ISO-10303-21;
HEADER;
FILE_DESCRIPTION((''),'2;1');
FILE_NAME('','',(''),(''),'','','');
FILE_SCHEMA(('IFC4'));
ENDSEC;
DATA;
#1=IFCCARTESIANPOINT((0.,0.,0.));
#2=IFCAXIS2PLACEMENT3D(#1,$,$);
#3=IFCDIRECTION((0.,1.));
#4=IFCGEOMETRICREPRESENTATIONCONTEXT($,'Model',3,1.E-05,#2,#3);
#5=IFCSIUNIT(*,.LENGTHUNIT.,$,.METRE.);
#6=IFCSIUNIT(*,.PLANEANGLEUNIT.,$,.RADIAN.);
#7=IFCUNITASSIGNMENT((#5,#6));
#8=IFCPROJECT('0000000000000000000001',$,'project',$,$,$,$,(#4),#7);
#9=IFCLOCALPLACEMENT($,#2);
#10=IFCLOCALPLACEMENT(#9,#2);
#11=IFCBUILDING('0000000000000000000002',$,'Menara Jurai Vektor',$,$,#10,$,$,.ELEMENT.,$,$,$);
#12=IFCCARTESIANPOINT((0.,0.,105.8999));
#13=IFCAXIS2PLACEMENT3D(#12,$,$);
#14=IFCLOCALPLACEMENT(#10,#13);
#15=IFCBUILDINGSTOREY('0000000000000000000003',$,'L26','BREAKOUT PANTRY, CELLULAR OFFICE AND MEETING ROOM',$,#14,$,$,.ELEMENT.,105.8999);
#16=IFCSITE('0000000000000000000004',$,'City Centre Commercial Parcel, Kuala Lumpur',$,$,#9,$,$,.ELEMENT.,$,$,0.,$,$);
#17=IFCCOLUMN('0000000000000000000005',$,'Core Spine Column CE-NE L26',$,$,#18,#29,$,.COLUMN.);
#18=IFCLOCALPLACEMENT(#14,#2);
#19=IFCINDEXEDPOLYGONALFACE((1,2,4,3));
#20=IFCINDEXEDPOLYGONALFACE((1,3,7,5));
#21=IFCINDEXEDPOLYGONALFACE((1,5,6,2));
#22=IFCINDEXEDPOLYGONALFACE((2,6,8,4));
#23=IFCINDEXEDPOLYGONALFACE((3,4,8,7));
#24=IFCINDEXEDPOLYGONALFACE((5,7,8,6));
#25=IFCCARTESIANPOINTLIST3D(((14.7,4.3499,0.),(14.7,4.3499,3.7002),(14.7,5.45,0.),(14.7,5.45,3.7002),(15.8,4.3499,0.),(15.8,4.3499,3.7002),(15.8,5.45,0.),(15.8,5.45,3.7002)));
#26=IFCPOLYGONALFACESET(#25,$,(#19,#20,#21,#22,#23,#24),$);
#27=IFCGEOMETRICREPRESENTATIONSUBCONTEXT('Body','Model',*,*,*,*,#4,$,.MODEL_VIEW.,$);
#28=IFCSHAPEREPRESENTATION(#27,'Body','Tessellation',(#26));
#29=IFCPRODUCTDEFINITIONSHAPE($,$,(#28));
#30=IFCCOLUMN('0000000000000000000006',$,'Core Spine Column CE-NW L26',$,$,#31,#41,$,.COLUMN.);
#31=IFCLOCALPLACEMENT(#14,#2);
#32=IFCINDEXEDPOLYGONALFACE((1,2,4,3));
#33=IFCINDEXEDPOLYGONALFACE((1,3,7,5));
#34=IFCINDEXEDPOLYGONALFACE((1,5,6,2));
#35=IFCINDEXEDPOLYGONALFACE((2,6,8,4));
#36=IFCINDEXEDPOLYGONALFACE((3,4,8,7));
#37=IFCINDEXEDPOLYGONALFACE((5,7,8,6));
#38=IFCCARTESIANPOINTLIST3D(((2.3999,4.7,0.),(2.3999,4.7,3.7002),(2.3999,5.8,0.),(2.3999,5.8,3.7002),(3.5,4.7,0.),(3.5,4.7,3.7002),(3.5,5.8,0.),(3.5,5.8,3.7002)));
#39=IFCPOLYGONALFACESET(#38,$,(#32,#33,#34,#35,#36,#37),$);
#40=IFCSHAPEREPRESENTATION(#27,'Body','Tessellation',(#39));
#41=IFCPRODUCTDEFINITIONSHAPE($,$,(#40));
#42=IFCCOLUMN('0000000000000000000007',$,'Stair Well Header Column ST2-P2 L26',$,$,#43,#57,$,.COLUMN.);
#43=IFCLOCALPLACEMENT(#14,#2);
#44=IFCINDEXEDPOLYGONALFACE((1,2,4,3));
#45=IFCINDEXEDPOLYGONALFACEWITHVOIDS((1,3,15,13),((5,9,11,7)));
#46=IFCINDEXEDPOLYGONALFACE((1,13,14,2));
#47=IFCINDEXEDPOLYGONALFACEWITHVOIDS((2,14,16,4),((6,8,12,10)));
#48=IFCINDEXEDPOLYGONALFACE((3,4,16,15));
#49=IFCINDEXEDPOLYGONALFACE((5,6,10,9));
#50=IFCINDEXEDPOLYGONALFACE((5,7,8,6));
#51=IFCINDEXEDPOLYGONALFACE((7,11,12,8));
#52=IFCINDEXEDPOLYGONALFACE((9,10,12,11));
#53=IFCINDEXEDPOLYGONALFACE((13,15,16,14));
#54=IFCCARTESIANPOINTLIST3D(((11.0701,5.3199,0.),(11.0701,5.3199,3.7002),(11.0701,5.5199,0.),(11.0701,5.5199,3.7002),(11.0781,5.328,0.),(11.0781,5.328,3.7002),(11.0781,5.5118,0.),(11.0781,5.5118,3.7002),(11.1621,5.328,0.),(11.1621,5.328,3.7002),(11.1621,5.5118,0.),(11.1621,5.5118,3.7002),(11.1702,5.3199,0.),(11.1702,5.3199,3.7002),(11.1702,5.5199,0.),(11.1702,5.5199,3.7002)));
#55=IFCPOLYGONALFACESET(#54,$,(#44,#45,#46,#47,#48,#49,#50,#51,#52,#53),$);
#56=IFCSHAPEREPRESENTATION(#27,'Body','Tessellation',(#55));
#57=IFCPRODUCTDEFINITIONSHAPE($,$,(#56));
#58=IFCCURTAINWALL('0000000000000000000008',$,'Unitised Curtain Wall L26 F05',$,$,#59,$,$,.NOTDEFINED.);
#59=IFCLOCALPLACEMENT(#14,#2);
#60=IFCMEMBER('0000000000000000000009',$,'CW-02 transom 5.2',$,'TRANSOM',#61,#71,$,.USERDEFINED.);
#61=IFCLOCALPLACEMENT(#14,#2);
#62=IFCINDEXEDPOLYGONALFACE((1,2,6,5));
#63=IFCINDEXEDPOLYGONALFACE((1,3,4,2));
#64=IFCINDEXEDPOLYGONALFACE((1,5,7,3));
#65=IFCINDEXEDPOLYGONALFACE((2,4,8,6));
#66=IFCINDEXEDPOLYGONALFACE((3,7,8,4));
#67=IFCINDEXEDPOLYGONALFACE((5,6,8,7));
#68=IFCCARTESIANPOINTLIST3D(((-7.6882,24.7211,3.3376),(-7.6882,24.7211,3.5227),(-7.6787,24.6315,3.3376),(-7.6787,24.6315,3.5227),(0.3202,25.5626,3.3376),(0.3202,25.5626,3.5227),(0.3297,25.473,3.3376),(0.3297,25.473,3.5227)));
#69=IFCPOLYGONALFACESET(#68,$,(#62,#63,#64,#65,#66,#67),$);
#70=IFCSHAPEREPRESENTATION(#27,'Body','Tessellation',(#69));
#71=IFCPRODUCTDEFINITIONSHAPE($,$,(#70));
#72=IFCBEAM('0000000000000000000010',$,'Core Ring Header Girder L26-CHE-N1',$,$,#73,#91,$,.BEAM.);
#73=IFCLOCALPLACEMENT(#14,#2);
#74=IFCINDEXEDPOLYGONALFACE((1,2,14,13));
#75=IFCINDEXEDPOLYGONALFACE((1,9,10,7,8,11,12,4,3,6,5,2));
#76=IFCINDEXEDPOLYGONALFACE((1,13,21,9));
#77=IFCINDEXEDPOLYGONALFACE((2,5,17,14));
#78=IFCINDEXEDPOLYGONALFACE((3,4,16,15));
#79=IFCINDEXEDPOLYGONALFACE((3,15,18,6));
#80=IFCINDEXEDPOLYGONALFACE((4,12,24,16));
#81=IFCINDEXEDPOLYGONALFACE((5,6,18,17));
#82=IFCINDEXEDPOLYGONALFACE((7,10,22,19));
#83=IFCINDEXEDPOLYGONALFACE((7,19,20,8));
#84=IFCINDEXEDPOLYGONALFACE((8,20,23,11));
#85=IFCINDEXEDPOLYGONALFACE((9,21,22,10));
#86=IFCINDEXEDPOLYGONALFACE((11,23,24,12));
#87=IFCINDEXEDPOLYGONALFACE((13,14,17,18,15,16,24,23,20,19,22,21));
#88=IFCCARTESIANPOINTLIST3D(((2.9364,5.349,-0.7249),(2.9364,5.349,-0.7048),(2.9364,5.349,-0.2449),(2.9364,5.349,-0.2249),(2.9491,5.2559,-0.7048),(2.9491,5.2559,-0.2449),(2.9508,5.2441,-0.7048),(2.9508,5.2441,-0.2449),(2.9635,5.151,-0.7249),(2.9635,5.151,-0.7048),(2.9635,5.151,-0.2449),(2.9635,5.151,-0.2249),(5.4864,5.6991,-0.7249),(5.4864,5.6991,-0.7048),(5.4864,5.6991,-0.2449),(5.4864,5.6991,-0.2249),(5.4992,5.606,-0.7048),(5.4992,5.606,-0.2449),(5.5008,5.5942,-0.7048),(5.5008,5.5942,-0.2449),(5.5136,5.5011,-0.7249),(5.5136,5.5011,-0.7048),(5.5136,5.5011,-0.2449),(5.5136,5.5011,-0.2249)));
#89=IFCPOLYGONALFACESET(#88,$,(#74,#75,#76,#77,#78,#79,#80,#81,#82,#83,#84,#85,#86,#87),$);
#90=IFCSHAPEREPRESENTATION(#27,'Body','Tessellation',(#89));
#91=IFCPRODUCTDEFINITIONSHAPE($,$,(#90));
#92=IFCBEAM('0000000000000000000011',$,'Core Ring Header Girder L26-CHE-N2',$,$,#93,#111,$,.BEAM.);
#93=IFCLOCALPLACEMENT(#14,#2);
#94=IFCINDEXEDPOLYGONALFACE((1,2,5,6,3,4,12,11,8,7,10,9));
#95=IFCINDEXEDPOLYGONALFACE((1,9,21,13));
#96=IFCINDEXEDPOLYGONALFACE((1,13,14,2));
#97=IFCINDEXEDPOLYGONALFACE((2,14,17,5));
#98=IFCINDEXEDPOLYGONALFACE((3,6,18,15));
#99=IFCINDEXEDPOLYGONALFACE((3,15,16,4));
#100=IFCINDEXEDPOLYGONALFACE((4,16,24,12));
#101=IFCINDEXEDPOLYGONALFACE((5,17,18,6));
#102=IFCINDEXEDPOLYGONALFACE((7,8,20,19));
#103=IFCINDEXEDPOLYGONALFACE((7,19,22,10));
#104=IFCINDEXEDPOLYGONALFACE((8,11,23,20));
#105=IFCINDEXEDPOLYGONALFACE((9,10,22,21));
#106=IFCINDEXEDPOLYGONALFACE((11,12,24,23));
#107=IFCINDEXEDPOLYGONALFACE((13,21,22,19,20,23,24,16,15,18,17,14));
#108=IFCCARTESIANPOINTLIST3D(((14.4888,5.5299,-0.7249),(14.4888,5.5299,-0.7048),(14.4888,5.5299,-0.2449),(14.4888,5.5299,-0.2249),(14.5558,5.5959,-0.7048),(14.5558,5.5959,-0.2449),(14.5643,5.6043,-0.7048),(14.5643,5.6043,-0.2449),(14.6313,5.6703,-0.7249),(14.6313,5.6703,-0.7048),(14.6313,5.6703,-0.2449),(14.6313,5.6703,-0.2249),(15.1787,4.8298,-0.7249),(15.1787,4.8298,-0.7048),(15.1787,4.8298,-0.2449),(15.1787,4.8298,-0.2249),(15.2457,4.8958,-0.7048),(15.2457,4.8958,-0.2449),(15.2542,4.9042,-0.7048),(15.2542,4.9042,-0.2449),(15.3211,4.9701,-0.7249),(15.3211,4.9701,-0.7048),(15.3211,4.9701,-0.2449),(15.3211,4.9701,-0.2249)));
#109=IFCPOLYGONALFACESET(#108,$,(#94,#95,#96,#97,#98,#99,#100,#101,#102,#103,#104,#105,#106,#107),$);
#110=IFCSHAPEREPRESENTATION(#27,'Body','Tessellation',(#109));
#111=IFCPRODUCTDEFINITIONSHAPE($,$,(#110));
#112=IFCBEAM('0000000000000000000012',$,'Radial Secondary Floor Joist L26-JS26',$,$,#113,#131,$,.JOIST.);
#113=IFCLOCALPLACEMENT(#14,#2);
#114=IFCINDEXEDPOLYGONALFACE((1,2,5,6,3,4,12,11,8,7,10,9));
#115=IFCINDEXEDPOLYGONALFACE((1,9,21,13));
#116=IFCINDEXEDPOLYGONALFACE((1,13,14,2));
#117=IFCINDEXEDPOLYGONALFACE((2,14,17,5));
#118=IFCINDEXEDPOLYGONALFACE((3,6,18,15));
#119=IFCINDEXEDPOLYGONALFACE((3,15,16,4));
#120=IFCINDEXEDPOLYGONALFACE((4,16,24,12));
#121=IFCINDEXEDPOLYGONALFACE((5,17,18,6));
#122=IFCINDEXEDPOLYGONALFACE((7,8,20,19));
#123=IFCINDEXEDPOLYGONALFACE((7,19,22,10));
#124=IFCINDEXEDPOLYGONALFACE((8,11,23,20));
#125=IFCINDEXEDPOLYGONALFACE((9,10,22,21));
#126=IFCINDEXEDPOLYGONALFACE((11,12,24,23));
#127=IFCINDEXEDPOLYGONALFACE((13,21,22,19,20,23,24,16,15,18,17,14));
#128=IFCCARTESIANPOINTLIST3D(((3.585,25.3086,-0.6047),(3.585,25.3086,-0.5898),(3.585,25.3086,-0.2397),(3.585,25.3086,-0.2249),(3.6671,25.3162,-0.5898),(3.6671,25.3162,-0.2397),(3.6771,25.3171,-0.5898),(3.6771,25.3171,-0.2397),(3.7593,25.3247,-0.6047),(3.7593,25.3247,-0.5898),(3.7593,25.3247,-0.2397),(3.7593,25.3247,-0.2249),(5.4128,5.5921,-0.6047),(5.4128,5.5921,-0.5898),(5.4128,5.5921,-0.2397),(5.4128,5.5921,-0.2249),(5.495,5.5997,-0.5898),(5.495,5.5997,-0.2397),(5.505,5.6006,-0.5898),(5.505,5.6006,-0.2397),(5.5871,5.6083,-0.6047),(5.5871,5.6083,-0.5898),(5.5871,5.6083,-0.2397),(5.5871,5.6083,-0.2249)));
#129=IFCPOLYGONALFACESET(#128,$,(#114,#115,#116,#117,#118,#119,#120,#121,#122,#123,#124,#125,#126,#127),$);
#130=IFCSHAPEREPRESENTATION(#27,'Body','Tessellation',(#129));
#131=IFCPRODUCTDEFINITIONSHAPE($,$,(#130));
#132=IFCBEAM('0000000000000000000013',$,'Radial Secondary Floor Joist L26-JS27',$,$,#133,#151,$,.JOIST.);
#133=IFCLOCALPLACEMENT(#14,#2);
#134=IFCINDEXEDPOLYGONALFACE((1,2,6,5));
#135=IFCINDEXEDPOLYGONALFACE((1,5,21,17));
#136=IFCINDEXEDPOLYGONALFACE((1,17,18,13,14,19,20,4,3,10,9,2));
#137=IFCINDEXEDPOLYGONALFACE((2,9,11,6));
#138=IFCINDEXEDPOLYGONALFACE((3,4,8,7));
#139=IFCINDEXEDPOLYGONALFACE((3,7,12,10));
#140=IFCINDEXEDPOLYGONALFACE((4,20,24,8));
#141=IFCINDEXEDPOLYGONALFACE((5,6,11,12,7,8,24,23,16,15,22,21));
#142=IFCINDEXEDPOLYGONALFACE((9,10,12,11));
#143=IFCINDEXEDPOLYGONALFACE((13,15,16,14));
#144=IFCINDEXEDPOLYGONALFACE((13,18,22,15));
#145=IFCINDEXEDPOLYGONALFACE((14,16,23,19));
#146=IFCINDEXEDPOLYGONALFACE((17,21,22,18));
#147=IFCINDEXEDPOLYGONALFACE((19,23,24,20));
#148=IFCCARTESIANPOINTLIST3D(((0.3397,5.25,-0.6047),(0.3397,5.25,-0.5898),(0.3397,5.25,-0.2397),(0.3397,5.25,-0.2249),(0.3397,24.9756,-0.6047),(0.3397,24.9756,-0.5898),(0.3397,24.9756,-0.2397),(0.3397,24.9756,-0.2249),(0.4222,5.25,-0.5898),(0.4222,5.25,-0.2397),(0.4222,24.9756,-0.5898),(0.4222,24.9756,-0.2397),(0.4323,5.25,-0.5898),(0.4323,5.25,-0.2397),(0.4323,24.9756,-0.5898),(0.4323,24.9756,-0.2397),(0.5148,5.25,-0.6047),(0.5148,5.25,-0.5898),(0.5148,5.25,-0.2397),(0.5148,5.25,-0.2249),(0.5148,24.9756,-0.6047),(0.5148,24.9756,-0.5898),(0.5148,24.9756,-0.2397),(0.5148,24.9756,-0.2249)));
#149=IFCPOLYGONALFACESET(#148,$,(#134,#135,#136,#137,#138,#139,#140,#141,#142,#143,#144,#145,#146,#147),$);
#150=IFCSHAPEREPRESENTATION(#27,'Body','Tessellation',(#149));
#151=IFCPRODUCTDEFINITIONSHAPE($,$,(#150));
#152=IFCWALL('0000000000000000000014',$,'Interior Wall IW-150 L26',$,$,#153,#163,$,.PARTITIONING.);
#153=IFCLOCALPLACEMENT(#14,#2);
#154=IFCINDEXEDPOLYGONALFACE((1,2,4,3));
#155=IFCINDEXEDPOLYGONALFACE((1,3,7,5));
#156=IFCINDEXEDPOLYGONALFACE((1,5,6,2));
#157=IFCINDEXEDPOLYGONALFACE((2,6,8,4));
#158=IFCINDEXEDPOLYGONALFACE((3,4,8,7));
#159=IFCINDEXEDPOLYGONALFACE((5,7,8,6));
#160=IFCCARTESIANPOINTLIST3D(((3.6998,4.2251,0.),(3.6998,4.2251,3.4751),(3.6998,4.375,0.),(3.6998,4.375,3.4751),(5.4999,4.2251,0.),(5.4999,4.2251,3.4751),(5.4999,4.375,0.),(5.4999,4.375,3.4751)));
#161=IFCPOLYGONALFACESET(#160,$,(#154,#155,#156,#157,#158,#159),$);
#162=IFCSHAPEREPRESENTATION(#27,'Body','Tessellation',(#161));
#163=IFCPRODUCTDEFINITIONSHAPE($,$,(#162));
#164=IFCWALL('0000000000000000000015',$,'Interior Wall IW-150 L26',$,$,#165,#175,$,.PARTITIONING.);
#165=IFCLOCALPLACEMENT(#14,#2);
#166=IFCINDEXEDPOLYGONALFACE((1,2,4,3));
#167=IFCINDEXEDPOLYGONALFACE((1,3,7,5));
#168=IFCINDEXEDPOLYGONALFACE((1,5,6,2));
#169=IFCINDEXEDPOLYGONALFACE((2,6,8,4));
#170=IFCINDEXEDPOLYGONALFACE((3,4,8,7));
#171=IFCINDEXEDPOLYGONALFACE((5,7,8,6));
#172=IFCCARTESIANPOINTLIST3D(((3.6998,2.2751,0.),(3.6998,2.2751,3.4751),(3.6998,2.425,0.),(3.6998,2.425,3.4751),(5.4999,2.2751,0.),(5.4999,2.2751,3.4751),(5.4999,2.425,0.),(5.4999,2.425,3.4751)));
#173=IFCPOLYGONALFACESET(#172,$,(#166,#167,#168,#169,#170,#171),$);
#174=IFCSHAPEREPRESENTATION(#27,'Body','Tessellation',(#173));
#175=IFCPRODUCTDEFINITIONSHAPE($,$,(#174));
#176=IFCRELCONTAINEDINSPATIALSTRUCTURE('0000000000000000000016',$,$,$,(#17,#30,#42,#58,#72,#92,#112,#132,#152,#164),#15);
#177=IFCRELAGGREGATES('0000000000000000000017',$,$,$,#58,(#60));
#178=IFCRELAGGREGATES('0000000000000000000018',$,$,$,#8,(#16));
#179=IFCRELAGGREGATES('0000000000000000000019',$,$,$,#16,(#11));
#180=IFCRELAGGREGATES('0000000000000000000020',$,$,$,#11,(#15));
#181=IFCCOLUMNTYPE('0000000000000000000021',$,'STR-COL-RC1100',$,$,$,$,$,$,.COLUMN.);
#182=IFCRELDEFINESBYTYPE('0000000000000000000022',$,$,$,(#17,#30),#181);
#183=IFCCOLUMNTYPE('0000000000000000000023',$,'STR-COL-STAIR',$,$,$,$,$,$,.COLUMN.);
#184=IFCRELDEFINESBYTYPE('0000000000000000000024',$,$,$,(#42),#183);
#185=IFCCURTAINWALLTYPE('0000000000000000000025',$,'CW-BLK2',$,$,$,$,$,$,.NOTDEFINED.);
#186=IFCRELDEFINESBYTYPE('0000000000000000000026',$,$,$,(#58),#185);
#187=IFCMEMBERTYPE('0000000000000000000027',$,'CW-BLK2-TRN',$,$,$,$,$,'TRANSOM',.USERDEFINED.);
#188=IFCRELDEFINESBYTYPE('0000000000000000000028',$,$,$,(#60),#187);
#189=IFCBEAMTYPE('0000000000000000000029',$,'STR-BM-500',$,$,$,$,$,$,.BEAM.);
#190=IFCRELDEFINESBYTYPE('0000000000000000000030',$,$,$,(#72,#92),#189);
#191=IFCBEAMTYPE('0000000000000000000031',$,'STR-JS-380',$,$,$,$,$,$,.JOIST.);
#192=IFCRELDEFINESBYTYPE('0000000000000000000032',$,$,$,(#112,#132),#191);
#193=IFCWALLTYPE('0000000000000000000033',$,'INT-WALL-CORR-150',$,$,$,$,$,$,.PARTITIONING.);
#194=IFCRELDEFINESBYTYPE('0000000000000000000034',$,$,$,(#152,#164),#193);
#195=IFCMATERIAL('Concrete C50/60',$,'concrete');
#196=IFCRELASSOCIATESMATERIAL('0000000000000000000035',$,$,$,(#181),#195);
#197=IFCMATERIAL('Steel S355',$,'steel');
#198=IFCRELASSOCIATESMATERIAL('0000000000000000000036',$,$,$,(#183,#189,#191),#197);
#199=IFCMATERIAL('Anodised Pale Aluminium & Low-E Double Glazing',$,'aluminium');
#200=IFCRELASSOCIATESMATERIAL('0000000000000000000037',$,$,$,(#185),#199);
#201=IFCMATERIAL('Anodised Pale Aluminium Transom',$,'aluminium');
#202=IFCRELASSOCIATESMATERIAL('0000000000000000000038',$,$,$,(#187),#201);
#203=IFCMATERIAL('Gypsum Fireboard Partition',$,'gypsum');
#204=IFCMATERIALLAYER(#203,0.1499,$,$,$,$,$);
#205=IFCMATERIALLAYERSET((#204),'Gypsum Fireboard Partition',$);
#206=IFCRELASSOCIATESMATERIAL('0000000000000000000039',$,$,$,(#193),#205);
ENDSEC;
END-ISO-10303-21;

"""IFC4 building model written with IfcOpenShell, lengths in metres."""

from ifc_helpers import new_model, si_unit, direction, frame, frame_2d, origin, origin_2d, place, context, subcontext, project, spatial, rectangle, hollow_rectangle, i_section, extrude, material, layer, layer_set, material_profile, profile_set, type_object, element, aggregate, save


model = new_model("IFC4")

# Units and contexts
model_context = context("Model", 3, precision=1e-05, world=origin(), true_north=direction((0.0, 1.0)))
body_context = subcontext(model_context, "Body", "Model", "MODEL_VIEW")
ifc_project = project(units=[si_unit("LENGTHUNIT", "METRE"), si_unit("PLANEANGLEUNIT", "RADIAN")], contexts=[model_context])

# Site, building, storey
site_placement = place(None, origin())
site = spatial("IfcSite", under=ifc_project, at=site_placement, Name="City Centre Commercial Parcel, Kuala Lumpur", CompositionType="ELEMENT", RefElevation=0.0)
building_placement = place(site_placement, origin())
building = spatial("IfcBuilding", under=site, at=building_placement, Name="Menara Jurai Vektor", CompositionType="ELEMENT")
storey_placement = place(building_placement, frame((0.0, 0.0, 105.8999)))
storey = spatial("IfcBuildingStorey", under=building, at=storey_placement, Name="L26", Description="BREAKOUT PANTRY, CELLULAR OFFICE AND MEETING ROOM", CompositionType="ELEMENT", Elevation=105.8999)

# Columns
ifc_material_1 = material(Name="Concrete C50/60", Category="concrete")
ifc_material_profile_1 = material_profile(ifc_material_1, rectangle(XDim=1.1001, YDim=1.1001, at=origin_2d()), Name="RC 1100x1100")
ifc_profile_set_1 = profile_set([ifc_material_profile_1], Name="Concrete C50/60")
column_type_1 = type_object("IfcColumnType", Name="STR-COL-RC1100", PredefinedType="COLUMN", material=ifc_profile_set_1)
for number, where, z_axis, x_axis, name in (
    (1, (15.25, 4.8999, 0.0), (0.0, 0.0, 1.0), (1.0, 0.0, 0.0), "Core Spine Column CE-NE L26"),
    (2, (2.95, 5.25, 0.0), (0.0, 0.0, 1.0), (1.0, 0.0, 0.0), "Core Spine Column CE-NW L26"),
):
    element("IfcColumn", number, at=place(storey_placement, frame(where, z_axis=z_axis, x_axis=x_axis)), inside=storey, type_object=column_type_1, Name=name, PredefinedType="COLUMN", context=body_context, shape_type="SweptSolid", body=[
        extrude(rectangle(XDim=1.1001, YDim=1.1001, at=origin_2d()), origin(), (0.0, 0.0, 1.0), 3.7002),
    ])
ifc_material_2 = material(Name="Steel S355", Category="steel")
ifc_material_profile_2 = material_profile(ifc_material_2, hollow_rectangle(XDim=0.1001, YDim=0.2, WallThickness=0.0081, at=origin_2d()), Name="RHS 200x100x8")
ifc_profile_set_2 = profile_set([ifc_material_profile_2], Name="Steel S355")
column_type_2 = type_object("IfcColumnType", Name="STR-COL-STAIR", PredefinedType="COLUMN", material=ifc_profile_set_2)
column_placement = place(storey_placement, frame((11.1201, 5.4199, 0.0), z_axis=(0.0, 0.0, 1.0), x_axis=(1.0, 0.0, 0.0)))
element("IfcColumn", 3, at=column_placement, inside=storey, type_object=column_type_2, Name="Stair Well Header Column ST2-P2 L26", PredefinedType="COLUMN", context=body_context, shape_type="SweptSolid", body=[
    extrude(hollow_rectangle(XDim=0.1001, YDim=0.2, WallThickness=0.0081, at=origin_2d()), origin(), (0.0, 0.0, 1.0), 3.7002),
])

# Curtain wall, member
ifc_material_3 = material(Name="Anodised Pale Aluminium & Low-E Double Glazing", Category="aluminium")
curtain_wall_type = type_object("IfcCurtainWallType", Name="CW-BLK2", PredefinedType="NOTDEFINED", material=ifc_material_3)
curtain_wall_placement = place(storey_placement, origin())
curtain_wall = element("IfcCurtainWall", 4, at=curtain_wall_placement, inside=storey, type_object=curtain_wall_type, Name="Unitised Curtain Wall L26 F05", PredefinedType="NOTDEFINED")
ifc_material_4 = material(Name="Anodised Pale Aluminium Transom", Category="aluminium")
ifc_material_profile_3 = material_profile(ifc_material_4, rectangle(XDim=0.0901, YDim=0.1851, at=origin_2d()), Name="ALU TRN 90x185")
ifc_profile_set_3 = profile_set([ifc_material_profile_3], Name="Anodised Pale Aluminium Transom")
member_type = type_object("IfcMemberType", Name="CW-BLK2-TRN", ElementType="TRANSOM", PredefinedType="USERDEFINED", material=ifc_profile_set_3)
member_placement = place(storey_placement, frame((0.325, 25.5178, 3.4302), z_axis=(-0.994524, -0.10451, 0.0), x_axis=(0.10451, -0.994524, 0.0)))
member = element("IfcMember", 5, at=member_placement, type_object=member_type, Name="CW-02 transom 5.2", ObjectType="TRANSOM", PredefinedType="USERDEFINED", context=body_context, shape_type="SweptSolid", body=[
    extrude(rectangle(XDim=0.0901, YDim=0.1851, at=origin_2d()), origin(), (0.0, 0.0, 1.0), 8.0525),
])
aggregate(curtain_wall, [member])

# Beams
ifc_material_profile_4 = material_profile(ifc_material_2, i_section(OverallWidth=0.2, OverallDepth=0.5, WebThickness=0.012, FlangeThickness=0.02, at=origin_2d()), Name="PG 500x200x96")
ifc_profile_set_4 = profile_set([ifc_material_profile_4], Name="Steel S355")
beam_type_1 = type_object("IfcBeamType", Name="STR-BM-500", PredefinedType="BEAM", material=ifc_profile_set_4)
beam_1_placement = place(storey_placement, frame((2.95, 5.25, -0.4749), z_axis=(0.990707, 0.136015, 0.0), x_axis=(-0.136015, 0.990707, 0.0)))
element("IfcBeam", 6, at=beam_1_placement, inside=storey, type_object=beam_type_1, Name="Core Ring Header Girder L26-CHE-N1", PredefinedType="BEAM", context=body_context, shape_type="SweptSolid", body=[
    extrude(i_section(OverallWidth=0.2, OverallDepth=0.5, WebThickness=0.012, FlangeThickness=0.02, at=origin_2d()), origin(), (0.0, 0.0, 1.0), 2.574),
])
beam_2_placement = place(storey_placement, frame((14.5601, 5.6001, -0.4749), z_axis=(0.701872, -0.712303, 0.0), x_axis=(0.712303, 0.701872, 0.0)))
element("IfcBeam", 7, at=beam_2_placement, inside=storey, type_object=beam_type_1, Name="Core Ring Header Girder L26-CHE-N2", PredefinedType="BEAM", context=body_context, shape_type="SweptSolid", body=[
    extrude(i_section(OverallWidth=0.2, OverallDepth=0.5, WebThickness=0.012, FlangeThickness=0.02, at=origin_2d()), origin(), (0.0, 0.0, 1.0), 0.9829),
])
ifc_material_profile_5 = material_profile(ifc_material_2, i_section(OverallWidth=0.175, OverallDepth=0.3799, WebThickness=0.01, FlangeThickness=0.0149, at=origin_2d()), Name="PG 380x175x58")
ifc_profile_set_5 = profile_set([ifc_material_profile_5], Name="Steel S355")
beam_type_2 = type_object("IfcBeamType", Name="STR-JS-380", PredefinedType="JOIST", material=ifc_profile_set_5)
beam_3_placement = place(storey_placement, frame((3.6721, 25.3167, -0.4148), z_axis=(0.092312, -0.99573, 0.0), x_axis=(0.99573, 0.092312, 0.0)))
element("IfcBeam", 8, at=beam_3_placement, inside=storey, type_object=beam_type_2, Name="Radial Secondary Floor Joist L26-JS26", PredefinedType="JOIST", context=body_context, shape_type="SweptSolid", body=[
    extrude(i_section(OverallWidth=0.175, OverallDepth=0.3799, WebThickness=0.01, FlangeThickness=0.0149, at=origin_2d()), origin(), (0.0, 0.0, 1.0), 19.801),
])
beam_4_placement = place(storey_placement, frame((0.4272, 24.9756, -0.4148), z_axis=(0.0, -1.0, 0.0), x_axis=(1.0, 0.0, 0.0)))
element("IfcBeam", 9, at=beam_4_placement, inside=storey, type_object=beam_type_2, Name="Radial Secondary Floor Joist L26-JS27", PredefinedType="JOIST", context=body_context, shape_type="SweptSolid", body=[
    extrude(i_section(OverallWidth=0.175, OverallDepth=0.3799, WebThickness=0.01, FlangeThickness=0.0149, at=origin_2d()), origin(), (0.0, 0.0, 1.0), 19.7256),
])

# Walls
ifc_material_5 = material(Name="Gypsum Fireboard Partition", Category="gypsum")
ifc_layer_1 = layer(ifc_material_5, 0.1499)
ifc_layer_set_1 = layer_set([ifc_layer_1], Name="Gypsum Fireboard Partition")
wall_type_1 = type_object("IfcWallType", Name="INT-WALL-CORR-150", PredefinedType="PARTITIONING", material=ifc_layer_set_1)
for number, where, z_axis, x_axis, name in (
    (10, (3.7, 4.3, 0.0), (0.0, 0.0, 1.0), (1.0, 0.0, 0.0), "Interior Wall IW-150 L26"),
    (11, (3.7, 2.3501, 0.0), (0.0, 0.0, 1.0), (1.0, 0.0, 0.0), "Interior Wall IW-150 L26"),
):
    element("IfcWall", number, at=place(storey_placement, frame(where, z_axis=z_axis, x_axis=x_axis)), inside=storey, type_object=wall_type_1, Name=name, PredefinedType="PARTITIONING", context=body_context, shape_type="SweptSolid", body=[
        extrude(rectangle(XDim=1.8, YDim=0.1499, at=frame_2d((0.8999, 0.0))), origin(), (0.0, 0.0, 1.0), 3.4751),
    ])

save(model, "model.ifc")
